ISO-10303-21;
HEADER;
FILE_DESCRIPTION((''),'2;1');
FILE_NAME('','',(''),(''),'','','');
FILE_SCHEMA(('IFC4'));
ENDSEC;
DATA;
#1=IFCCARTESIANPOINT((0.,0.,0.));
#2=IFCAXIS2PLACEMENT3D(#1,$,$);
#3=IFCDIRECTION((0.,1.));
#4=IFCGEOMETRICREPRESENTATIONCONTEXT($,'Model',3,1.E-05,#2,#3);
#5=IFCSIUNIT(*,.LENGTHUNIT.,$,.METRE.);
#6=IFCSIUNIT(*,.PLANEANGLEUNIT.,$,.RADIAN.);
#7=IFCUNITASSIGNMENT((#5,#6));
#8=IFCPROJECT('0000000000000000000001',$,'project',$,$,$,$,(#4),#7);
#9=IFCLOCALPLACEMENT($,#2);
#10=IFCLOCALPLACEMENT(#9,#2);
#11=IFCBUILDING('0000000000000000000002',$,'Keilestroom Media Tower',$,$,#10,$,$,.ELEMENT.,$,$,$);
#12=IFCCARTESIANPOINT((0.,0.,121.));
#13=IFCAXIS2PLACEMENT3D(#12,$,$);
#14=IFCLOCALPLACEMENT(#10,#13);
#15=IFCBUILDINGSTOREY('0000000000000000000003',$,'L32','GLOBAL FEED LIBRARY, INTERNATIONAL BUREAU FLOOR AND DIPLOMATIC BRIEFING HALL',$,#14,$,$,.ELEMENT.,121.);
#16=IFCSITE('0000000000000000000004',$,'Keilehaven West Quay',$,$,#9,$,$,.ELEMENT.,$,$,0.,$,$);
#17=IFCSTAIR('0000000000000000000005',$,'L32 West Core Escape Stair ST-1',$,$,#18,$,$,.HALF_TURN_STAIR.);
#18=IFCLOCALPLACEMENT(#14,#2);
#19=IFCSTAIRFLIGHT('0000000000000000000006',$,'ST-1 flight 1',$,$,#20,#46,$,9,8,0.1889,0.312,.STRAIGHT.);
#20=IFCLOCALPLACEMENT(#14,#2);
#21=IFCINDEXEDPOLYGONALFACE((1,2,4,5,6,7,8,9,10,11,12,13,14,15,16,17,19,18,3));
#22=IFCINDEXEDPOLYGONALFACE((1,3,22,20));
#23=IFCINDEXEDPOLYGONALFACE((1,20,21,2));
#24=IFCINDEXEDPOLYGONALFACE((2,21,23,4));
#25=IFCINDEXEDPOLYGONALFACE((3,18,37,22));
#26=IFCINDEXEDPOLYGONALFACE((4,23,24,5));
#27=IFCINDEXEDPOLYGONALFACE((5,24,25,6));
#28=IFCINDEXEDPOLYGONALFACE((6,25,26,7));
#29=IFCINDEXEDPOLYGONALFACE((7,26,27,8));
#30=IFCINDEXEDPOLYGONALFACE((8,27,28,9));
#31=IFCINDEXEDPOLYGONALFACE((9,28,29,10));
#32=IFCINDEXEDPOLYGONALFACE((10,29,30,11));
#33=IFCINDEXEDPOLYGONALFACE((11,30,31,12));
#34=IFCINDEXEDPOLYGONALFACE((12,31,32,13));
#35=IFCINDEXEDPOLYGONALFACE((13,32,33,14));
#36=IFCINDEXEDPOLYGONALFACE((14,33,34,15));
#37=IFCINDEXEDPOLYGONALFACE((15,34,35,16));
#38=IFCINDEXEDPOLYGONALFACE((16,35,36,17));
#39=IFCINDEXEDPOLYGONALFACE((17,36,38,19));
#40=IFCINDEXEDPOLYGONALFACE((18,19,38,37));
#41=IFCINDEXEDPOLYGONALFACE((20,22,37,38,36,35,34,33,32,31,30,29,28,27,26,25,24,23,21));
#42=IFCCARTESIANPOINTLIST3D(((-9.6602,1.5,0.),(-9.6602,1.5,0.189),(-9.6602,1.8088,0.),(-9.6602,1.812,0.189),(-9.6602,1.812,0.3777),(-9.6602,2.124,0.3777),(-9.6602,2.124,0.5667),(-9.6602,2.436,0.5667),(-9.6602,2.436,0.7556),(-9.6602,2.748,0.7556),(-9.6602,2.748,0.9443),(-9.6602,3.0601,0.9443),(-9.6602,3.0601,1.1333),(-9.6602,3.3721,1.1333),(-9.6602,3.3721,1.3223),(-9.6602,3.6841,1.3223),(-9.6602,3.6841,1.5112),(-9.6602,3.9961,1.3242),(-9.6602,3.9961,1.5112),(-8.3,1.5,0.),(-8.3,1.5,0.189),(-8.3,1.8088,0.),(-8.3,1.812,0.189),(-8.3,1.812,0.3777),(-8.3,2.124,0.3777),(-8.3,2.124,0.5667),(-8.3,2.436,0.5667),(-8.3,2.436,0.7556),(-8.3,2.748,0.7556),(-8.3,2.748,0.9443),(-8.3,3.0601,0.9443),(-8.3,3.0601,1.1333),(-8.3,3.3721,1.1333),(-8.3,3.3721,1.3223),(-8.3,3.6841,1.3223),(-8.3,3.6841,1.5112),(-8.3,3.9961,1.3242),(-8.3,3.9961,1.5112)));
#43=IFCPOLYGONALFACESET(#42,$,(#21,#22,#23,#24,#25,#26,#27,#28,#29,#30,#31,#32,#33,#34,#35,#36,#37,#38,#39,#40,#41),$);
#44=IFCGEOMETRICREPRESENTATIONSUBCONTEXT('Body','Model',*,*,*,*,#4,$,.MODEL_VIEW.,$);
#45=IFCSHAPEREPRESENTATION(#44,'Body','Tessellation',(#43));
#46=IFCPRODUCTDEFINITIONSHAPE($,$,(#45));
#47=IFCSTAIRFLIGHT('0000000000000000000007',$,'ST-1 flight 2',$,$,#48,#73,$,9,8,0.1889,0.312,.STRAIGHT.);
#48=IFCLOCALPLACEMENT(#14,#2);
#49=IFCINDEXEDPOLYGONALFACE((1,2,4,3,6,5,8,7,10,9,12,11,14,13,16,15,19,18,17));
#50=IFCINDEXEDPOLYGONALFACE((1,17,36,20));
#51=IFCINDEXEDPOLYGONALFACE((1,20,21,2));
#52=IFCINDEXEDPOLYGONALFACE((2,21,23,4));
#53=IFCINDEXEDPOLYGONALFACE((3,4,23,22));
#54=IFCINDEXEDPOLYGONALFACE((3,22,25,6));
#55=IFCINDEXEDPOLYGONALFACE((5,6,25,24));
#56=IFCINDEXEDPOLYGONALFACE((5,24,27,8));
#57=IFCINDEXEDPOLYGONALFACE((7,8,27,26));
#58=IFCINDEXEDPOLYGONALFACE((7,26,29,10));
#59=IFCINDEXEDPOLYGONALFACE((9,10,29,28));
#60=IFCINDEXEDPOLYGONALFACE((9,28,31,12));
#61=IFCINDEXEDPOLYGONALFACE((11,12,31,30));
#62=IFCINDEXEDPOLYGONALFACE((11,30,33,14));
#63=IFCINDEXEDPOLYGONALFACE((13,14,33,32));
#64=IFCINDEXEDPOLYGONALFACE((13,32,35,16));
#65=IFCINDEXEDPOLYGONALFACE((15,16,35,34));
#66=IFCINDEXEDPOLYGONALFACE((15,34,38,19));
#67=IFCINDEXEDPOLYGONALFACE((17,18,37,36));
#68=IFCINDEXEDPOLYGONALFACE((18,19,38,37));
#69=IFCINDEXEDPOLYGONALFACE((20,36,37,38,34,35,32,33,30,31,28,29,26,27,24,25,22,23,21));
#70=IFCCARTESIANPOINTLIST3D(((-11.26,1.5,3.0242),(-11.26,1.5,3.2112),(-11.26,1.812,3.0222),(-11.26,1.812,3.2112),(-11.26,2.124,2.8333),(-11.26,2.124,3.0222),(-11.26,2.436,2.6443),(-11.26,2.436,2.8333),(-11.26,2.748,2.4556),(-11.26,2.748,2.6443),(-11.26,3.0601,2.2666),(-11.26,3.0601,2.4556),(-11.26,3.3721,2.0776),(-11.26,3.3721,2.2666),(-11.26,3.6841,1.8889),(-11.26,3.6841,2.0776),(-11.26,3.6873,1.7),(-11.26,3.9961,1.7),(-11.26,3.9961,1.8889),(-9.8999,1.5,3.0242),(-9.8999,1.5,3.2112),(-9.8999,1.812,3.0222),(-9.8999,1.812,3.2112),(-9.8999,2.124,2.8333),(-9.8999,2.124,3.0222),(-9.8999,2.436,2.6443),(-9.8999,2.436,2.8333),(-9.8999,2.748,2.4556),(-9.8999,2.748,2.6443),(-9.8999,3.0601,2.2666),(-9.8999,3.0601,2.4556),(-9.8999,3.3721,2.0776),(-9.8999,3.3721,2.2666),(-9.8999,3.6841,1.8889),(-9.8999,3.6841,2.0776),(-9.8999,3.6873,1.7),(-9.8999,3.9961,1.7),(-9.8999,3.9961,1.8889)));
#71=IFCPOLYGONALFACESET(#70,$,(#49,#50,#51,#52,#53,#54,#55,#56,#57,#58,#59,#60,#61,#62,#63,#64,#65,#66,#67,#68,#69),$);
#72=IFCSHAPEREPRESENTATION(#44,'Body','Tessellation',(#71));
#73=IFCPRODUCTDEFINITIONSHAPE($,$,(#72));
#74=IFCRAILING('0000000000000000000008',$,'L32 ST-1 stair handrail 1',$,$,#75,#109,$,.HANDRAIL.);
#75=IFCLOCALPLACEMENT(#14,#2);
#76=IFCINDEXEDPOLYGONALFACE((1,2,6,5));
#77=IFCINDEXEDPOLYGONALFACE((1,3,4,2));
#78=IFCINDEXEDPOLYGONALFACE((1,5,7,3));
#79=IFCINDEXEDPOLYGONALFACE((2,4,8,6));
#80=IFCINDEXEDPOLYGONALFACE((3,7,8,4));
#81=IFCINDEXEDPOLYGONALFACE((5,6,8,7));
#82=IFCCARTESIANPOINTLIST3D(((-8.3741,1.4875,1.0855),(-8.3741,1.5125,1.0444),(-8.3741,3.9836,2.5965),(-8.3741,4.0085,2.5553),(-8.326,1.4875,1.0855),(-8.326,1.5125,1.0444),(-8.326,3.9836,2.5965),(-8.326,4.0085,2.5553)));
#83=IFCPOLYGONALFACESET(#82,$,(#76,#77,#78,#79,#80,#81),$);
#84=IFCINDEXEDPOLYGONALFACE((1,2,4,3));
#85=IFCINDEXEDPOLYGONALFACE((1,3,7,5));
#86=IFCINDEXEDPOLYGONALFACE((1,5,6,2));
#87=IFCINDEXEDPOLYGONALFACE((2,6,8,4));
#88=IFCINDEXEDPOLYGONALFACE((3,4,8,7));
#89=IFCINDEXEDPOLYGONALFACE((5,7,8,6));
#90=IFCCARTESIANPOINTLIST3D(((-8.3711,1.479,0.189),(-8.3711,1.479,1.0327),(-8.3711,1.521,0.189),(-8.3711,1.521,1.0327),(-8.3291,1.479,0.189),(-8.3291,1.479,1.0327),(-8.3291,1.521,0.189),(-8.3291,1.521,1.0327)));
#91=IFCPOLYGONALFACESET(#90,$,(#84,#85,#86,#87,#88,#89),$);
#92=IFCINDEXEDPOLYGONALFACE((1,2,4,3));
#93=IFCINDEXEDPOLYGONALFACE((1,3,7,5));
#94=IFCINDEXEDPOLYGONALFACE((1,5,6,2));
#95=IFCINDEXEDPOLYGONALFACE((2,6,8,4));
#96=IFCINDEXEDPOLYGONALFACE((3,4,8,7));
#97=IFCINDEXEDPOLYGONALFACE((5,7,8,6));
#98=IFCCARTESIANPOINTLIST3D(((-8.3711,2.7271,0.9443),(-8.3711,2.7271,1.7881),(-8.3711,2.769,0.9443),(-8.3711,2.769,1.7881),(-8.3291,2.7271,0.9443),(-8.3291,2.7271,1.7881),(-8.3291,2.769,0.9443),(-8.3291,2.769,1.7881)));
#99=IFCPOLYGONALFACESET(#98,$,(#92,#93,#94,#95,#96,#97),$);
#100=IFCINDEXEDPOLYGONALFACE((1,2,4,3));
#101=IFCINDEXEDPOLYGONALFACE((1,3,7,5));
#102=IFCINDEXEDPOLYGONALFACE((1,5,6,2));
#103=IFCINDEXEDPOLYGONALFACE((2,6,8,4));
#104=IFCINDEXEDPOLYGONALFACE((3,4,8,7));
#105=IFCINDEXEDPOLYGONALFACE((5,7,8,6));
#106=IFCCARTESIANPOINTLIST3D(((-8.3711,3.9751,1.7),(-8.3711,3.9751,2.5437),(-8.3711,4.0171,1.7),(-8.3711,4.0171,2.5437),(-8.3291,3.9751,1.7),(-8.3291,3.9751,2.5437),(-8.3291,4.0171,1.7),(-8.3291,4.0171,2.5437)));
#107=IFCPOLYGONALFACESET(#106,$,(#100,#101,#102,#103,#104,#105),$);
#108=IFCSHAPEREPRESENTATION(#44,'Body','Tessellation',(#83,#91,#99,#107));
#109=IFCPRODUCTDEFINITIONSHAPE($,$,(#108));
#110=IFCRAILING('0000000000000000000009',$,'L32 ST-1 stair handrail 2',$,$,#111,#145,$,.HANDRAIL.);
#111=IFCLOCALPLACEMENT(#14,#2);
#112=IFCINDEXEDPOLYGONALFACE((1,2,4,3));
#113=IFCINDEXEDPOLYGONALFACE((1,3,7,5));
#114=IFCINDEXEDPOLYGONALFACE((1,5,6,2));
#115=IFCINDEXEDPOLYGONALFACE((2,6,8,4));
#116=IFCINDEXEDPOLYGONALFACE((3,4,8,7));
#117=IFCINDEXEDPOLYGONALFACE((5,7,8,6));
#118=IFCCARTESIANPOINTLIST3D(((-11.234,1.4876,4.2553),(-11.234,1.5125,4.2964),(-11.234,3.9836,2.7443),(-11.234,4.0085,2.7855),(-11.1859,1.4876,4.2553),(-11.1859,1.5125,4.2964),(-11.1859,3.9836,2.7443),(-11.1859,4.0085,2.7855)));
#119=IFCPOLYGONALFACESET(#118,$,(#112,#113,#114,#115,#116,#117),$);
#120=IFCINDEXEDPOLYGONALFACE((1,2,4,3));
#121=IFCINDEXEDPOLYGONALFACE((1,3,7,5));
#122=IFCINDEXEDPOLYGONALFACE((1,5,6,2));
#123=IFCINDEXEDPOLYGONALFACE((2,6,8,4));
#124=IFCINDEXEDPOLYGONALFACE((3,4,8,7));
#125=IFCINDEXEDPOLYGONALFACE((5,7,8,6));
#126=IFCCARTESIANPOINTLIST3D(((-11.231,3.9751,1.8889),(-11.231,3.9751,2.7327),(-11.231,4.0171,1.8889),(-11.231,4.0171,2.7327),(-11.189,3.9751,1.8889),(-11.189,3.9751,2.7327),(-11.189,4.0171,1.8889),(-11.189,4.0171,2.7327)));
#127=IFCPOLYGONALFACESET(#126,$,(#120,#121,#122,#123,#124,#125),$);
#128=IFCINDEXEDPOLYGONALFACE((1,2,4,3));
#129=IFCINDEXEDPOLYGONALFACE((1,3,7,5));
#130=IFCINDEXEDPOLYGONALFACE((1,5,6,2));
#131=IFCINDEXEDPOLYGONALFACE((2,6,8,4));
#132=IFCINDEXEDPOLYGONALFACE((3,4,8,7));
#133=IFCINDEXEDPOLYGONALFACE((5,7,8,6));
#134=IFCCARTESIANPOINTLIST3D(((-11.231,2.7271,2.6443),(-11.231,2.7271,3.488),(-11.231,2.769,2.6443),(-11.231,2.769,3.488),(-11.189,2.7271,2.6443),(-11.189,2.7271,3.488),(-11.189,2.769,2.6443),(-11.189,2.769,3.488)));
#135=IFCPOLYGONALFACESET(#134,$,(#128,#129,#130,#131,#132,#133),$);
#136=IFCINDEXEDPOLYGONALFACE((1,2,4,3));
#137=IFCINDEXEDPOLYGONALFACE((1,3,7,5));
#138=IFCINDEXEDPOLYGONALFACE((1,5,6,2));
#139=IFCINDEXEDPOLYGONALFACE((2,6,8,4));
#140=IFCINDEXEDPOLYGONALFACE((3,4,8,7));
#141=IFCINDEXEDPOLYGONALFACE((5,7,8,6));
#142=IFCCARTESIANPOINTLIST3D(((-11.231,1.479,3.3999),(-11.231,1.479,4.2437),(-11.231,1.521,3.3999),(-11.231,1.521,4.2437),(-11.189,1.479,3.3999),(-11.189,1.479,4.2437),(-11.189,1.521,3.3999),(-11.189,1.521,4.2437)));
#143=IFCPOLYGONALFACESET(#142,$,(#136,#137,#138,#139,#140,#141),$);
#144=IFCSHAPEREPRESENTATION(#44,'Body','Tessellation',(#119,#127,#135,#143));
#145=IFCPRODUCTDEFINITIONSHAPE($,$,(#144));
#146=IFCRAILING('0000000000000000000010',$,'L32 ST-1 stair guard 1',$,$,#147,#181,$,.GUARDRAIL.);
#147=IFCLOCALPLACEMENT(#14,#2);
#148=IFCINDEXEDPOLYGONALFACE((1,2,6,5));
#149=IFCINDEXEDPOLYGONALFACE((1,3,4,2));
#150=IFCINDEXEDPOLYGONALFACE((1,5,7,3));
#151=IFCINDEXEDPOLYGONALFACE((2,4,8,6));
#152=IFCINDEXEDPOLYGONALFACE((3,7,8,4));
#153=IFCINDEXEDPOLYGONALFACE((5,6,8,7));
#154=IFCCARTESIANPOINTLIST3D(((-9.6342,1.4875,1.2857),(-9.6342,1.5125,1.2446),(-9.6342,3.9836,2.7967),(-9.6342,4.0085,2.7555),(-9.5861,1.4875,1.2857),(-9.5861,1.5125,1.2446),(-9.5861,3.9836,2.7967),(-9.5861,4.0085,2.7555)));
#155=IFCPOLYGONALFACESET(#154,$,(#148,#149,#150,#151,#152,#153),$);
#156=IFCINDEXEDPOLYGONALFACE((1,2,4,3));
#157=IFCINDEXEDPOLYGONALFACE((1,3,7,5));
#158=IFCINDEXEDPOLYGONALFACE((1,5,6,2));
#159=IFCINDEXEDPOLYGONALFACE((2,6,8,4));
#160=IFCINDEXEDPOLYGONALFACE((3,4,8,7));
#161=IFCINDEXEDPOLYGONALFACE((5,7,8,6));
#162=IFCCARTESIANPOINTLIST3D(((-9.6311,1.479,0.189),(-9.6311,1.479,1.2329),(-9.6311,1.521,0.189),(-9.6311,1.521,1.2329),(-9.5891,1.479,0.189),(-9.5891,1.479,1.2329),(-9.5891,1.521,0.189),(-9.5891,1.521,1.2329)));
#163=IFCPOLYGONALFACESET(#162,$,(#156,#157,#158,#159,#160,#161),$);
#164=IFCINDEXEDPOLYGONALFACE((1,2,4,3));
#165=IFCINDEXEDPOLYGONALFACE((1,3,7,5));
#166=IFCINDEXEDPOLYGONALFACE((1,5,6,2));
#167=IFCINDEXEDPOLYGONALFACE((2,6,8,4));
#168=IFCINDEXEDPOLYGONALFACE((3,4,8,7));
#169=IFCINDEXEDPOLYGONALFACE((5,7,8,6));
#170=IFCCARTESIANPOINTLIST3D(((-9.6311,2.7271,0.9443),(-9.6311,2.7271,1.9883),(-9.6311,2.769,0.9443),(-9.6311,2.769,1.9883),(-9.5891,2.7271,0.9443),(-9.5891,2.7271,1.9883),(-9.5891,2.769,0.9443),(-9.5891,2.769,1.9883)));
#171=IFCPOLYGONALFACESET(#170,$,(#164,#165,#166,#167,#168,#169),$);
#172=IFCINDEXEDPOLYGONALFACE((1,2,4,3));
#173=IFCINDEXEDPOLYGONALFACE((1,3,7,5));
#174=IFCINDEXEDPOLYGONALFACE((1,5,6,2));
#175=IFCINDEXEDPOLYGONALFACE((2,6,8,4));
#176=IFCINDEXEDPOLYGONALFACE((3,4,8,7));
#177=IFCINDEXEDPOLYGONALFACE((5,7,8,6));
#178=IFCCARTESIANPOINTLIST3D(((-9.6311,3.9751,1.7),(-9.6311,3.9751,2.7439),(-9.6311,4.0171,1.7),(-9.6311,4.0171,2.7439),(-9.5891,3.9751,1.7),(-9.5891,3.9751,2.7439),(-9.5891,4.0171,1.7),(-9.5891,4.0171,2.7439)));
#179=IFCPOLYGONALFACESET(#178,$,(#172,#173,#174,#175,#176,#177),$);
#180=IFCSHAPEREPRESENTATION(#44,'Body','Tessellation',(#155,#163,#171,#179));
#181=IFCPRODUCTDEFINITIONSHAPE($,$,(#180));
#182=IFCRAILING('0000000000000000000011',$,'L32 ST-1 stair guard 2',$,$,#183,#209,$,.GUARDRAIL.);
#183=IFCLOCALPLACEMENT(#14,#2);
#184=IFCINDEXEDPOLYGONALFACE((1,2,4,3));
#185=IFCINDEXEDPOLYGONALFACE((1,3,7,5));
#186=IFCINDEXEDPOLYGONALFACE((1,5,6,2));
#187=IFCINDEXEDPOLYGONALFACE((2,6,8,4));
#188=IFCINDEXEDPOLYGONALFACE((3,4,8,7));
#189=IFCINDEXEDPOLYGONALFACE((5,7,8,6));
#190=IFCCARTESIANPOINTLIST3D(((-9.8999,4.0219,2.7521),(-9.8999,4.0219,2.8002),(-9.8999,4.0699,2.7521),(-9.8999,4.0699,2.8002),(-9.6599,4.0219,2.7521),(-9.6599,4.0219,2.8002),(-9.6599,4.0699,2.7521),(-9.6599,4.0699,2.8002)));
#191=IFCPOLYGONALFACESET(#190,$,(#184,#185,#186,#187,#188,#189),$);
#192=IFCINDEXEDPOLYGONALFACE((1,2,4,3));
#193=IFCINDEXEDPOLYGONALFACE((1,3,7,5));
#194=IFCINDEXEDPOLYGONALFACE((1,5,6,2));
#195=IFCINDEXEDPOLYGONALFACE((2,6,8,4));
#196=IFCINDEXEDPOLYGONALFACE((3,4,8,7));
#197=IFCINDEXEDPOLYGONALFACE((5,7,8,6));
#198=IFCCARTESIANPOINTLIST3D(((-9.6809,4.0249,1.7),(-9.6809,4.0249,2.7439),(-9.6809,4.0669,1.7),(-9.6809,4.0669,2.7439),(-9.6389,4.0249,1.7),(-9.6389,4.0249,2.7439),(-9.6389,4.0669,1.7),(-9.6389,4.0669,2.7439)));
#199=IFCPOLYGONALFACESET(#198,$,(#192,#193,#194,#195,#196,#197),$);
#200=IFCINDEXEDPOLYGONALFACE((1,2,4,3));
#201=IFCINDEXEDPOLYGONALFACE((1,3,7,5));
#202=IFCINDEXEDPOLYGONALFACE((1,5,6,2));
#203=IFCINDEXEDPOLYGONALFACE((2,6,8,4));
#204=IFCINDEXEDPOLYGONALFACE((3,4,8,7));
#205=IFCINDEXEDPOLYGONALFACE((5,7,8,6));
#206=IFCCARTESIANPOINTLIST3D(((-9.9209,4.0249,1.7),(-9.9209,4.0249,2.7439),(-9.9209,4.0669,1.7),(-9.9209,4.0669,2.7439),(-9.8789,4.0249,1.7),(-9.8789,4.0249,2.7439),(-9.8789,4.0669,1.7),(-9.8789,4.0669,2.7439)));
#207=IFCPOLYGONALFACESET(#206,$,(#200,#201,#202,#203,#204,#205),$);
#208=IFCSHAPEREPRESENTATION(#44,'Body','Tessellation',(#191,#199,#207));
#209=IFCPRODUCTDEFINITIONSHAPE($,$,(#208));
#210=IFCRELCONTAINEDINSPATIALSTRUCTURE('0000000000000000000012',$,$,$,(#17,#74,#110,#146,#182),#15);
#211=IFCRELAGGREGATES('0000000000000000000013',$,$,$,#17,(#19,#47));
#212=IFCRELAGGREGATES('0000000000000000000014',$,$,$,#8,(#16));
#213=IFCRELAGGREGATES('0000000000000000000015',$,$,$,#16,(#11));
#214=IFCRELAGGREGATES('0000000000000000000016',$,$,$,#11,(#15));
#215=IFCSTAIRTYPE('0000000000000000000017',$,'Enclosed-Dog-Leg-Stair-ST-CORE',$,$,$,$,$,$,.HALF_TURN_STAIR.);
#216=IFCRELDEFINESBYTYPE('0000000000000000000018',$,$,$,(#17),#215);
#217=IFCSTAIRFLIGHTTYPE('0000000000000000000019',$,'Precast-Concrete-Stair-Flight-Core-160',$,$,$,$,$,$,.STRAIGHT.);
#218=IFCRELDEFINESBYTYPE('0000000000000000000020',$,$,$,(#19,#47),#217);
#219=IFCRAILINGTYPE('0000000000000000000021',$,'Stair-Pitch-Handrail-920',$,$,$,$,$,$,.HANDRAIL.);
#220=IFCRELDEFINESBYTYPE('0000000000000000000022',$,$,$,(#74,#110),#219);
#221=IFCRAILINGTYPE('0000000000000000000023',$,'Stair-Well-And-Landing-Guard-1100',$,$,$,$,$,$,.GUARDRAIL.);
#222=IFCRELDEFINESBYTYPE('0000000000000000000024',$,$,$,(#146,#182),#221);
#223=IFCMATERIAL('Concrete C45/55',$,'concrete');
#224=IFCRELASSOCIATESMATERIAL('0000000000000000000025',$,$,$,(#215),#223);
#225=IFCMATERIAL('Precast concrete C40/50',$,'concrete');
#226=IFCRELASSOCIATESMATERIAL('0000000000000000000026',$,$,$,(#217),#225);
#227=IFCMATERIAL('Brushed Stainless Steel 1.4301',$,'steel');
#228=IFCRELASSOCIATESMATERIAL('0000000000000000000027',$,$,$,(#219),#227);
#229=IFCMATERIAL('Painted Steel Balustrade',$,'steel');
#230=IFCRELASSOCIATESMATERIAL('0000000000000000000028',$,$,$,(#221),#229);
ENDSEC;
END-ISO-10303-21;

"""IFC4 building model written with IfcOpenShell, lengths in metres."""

from ifc_helpers import new_model, si_unit, direction, frame, origin, origin_2d, place, context, subcontext, project, spatial, polyline, rectangle, outline, extrude, material, type_object, element, aggregate, save


model = new_model("IFC4")

# Units and contexts
model_context = context("Model", 3, precision=1e-05, world=origin(), true_north=direction((0.0, 1.0)))
body_context = subcontext(model_context, "Body", "Model", "MODEL_VIEW")
ifc_project = project(units=[si_unit("LENGTHUNIT", "METRE"), si_unit("PLANEANGLEUNIT", "RADIAN")], contexts=[model_context])

# Site, building, storey
site_placement = place(None, origin())
site = spatial("IfcSite", under=ifc_project, at=site_placement, Name="Keilehaven West Quay", CompositionType="ELEMENT", RefElevation=0.0)
building_placement = place(site_placement, origin())
building = spatial("IfcBuilding", under=site, at=building_placement, Name="Keilestroom Media Tower", CompositionType="ELEMENT")
storey_placement = place(building_placement, frame((0.0, 0.0, 121.0)))
storey = spatial("IfcBuildingStorey", under=building, at=storey_placement, Name="L32", Description="GLOBAL FEED LIBRARY, INTERNATIONAL BUREAU FLOOR AND DIPLOMATIC BRIEFING HALL", CompositionType="ELEMENT", Elevation=121.0)

# Shared definitions
ifc_material_1 = material(Name="Concrete C45/55", Category="concrete")

# Stair
stair_type = type_object("IfcStairType", Name="Enclosed-Dog-Leg-Stair-ST-CORE", PredefinedType="HALF_TURN_STAIR", material=ifc_material_1)
stair_1_placement = place(storey_placement, origin())
stair_1 = element("IfcStair", 1, at=stair_1_placement, inside=storey, type_object=stair_type, Name="L32 West Core Escape Stair ST-1", PredefinedType="HALF_TURN_STAIR")

# Shared definitions
ifc_material_2 = material(Name="Precast concrete C40/50", Category="concrete")

# Stair flights
stair_flight_type = type_object("IfcStairFlightType", Name="Precast-Concrete-Stair-Flight-Core-160", PredefinedType="STRAIGHT", material=ifc_material_2)
stair_flight_1_placement = place(storey_placement, frame((-8.98, 1.5, 0.0), z_axis=(0.0, 0.0, 1.0), x_axis=(0.0, 1.0, 0.0)))
stair_flight_1 = element("IfcStairFlight", 2, at=stair_flight_1_placement, type_object=stair_flight_type, Name="ST-1 flight 1", NumberOfRisers=9, NumberOfTreads=8, PredefinedType="STRAIGHT", RiserHeight=0.1889, TreadLength=0.312, context=body_context, shape_type="SweptSolid", body=[
    extrude(outline(polyline([(0.0, 0.0), (0.0, 0.189), (0.312, 0.189), (0.312, 0.3777), (0.624, 0.3777), (0.624, 0.5667), (0.936, 0.5667), (0.936, 0.7556), (1.248, 0.7556), (1.248, 0.9443), (1.5601, 0.9443), (1.5601, 1.1333), (1.8721, 1.1333), (1.8721, 1.3223), (2.1841, 1.3223), (2.1841, 1.5112), (2.4961, 1.5112), (2.4961, 1.7), (2.4961, 1.3242), (0.3088, 0.0), (0.0, 0.0)])), frame((0.0, 0.6802, 0.0), z_axis=(0.0, -1.0, 0.0), x_axis=(1.0, 0.0, 0.0)), (0.0, 0.0, 1.0), 1.3601),
])
stair_flight_2_placement = place(storey_placement, frame((-10.5801, 3.9961, 1.7), z_axis=(0.0, 0.0, 1.0), x_axis=(0.0, -1.0, 0.0)))
stair_flight_2 = element("IfcStairFlight", 3, at=stair_flight_2_placement, type_object=stair_flight_type, Name="ST-1 flight 2", NumberOfRisers=9, NumberOfTreads=8, PredefinedType="STRAIGHT", RiserHeight=0.1889, TreadLength=0.312, context=body_context, shape_type="SweptSolid", body=[
    extrude(outline(polyline([(0.0, 0.0), (0.0, 0.189), (0.312, 0.189), (0.312, 0.3777), (0.624, 0.3777), (0.624, 0.5667), (0.936, 0.5667), (0.936, 0.7556), (1.248, 0.7556), (1.248, 0.9443), (1.5601, 0.9443), (1.5601, 1.1333), (1.8721, 1.1333), (1.8721, 1.3223), (2.1841, 1.3223), (2.1841, 1.5112), (2.4961, 1.5112), (2.4961, 1.7), (2.4961, 1.3242), (0.3088, 0.0), (0.0, 0.0)])), frame((0.0, 0.6802, 0.0), z_axis=(0.0, -1.0, 0.0), x_axis=(1.0, 0.0, 0.0)), (0.0, 0.0, 1.0), 1.3601),
])
aggregate(stair_1, [stair_flight_1, stair_flight_2])

# Railings
ifc_material_3 = material(Name="Brushed Stainless Steel 1.4301", Category="steel")
railing_type_1 = type_object("IfcRailingType", Name="Stair-Pitch-Handrail-920", PredefinedType="HANDRAIL", material=ifc_material_3)
railing_1_placement = place(storey_placement, frame((-8.3501, 1.5, 0.189)))
element("IfcRailing", 4, at=railing_1_placement, inside=storey, type_object=railing_type_1, Name="L32 ST-1 stair handrail 1", PredefinedType="HANDRAIL", context=body_context, shape_type="SweptSolid", body=[
    extrude(rectangle(XDim=0.0481, YDim=0.0481, at=origin_2d()), frame((0.0, 0.0, 0.876), z_axis=(0.0, 0.855471, 0.517851), x_axis=(-1.0, 0.0, 0.0)), (0.0, 0.0, 1.0), 2.9177),
    extrude(rectangle(XDim=0.042, YDim=0.042, at=origin_2d()), origin(), (0.0, 0.0, 1.0), 0.8438),
    extrude(rectangle(XDim=0.042, YDim=0.042, at=origin_2d()), frame((0.0, 1.248, 0.7554)), (0.0, 0.0, 1.0), 0.8438),
    extrude(rectangle(XDim=0.042, YDim=0.042, at=origin_2d()), frame((0.0, 2.4961, 1.511)), (0.0, 0.0, 1.0), 0.8438),
])
railing_2_placement = place(storey_placement, frame((-11.21, 3.9961, 1.8889)))
element("IfcRailing", 5, at=railing_2_placement, inside=storey, type_object=railing_type_1, Name="L32 ST-1 stair handrail 2", PredefinedType="HANDRAIL", context=body_context, shape_type="SweptSolid", body=[
    extrude(rectangle(XDim=0.0481, YDim=0.0481, at=origin_2d()), frame((0.0, 0.0, 0.876), z_axis=(0.0, -0.855471, 0.517851), x_axis=(1.0, 0.0, 0.0)), (0.0, 0.0, 1.0), 2.9177),
    extrude(rectangle(XDim=0.042, YDim=0.042, at=origin_2d()), origin(), (0.0, 0.0, 1.0), 0.8438),
    extrude(rectangle(XDim=0.042, YDim=0.042, at=origin_2d()), frame((0.0, -1.248, 0.7554)), (0.0, 0.0, 1.0), 0.8438),
    extrude(rectangle(XDim=0.042, YDim=0.042, at=origin_2d()), frame((0.0, -2.4961, 1.511)), (0.0, 0.0, 1.0), 0.8438),
])
ifc_material_4 = material(Name="Painted Steel Balustrade", Category="steel")
railing_type_2 = type_object("IfcRailingType", Name="Stair-Well-And-Landing-Guard-1100", PredefinedType="GUARDRAIL", material=ifc_material_4)
railing_3_placement = place(storey_placement, frame((-9.6101, 1.5, 0.189)))
element("IfcRailing", 6, at=railing_3_placement, inside=storey, type_object=railing_type_2, Name="L32 ST-1 stair guard 1", PredefinedType="GUARDRAIL", context=body_context, shape_type="SweptSolid", body=[
    extrude(rectangle(XDim=0.0481, YDim=0.0481, at=origin_2d()), frame((0.0, 0.0, 1.0762), z_axis=(0.0, 0.855471, 0.517851), x_axis=(-1.0, 0.0, 0.0)), (0.0, 0.0, 1.0), 2.9177),
    extrude(rectangle(XDim=0.042, YDim=0.042, at=origin_2d()), origin(), (0.0, 0.0, 1.0), 1.0439),
    extrude(rectangle(XDim=0.042, YDim=0.042, at=origin_2d()), frame((0.0, 1.248, 0.7554)), (0.0, 0.0, 1.0), 1.0439),
    extrude(rectangle(XDim=0.042, YDim=0.042, at=origin_2d()), frame((0.0, 2.4961, 1.511)), (0.0, 0.0, 1.0), 1.0439),
])
railing_4_placement = place(storey_placement, frame((-9.6599, 4.0459, 1.7)))
element("IfcRailing", 7, at=railing_4_placement, inside=storey, type_object=railing_type_2, Name="L32 ST-1 stair guard 2", PredefinedType="GUARDRAIL", context=body_context, shape_type="SweptSolid", body=[
    extrude(rectangle(XDim=0.0481, YDim=0.0481, at=origin_2d()), frame((0.0, 0.0, 1.0762), z_axis=(-1.0, 0.0, 0.0), x_axis=(0.0, -1.0, 0.0)), (0.0, 0.0, 1.0), 0.24),
    extrude(rectangle(XDim=0.042, YDim=0.042, at=origin_2d()), origin(), (0.0, 0.0, 1.0), 1.0439),
    extrude(rectangle(XDim=0.042, YDim=0.042, at=origin_2d()), frame((-0.24, 0.0, 0.0)), (0.0, 0.0, 1.0), 1.0439),
])

save(model, "model.ifc")
